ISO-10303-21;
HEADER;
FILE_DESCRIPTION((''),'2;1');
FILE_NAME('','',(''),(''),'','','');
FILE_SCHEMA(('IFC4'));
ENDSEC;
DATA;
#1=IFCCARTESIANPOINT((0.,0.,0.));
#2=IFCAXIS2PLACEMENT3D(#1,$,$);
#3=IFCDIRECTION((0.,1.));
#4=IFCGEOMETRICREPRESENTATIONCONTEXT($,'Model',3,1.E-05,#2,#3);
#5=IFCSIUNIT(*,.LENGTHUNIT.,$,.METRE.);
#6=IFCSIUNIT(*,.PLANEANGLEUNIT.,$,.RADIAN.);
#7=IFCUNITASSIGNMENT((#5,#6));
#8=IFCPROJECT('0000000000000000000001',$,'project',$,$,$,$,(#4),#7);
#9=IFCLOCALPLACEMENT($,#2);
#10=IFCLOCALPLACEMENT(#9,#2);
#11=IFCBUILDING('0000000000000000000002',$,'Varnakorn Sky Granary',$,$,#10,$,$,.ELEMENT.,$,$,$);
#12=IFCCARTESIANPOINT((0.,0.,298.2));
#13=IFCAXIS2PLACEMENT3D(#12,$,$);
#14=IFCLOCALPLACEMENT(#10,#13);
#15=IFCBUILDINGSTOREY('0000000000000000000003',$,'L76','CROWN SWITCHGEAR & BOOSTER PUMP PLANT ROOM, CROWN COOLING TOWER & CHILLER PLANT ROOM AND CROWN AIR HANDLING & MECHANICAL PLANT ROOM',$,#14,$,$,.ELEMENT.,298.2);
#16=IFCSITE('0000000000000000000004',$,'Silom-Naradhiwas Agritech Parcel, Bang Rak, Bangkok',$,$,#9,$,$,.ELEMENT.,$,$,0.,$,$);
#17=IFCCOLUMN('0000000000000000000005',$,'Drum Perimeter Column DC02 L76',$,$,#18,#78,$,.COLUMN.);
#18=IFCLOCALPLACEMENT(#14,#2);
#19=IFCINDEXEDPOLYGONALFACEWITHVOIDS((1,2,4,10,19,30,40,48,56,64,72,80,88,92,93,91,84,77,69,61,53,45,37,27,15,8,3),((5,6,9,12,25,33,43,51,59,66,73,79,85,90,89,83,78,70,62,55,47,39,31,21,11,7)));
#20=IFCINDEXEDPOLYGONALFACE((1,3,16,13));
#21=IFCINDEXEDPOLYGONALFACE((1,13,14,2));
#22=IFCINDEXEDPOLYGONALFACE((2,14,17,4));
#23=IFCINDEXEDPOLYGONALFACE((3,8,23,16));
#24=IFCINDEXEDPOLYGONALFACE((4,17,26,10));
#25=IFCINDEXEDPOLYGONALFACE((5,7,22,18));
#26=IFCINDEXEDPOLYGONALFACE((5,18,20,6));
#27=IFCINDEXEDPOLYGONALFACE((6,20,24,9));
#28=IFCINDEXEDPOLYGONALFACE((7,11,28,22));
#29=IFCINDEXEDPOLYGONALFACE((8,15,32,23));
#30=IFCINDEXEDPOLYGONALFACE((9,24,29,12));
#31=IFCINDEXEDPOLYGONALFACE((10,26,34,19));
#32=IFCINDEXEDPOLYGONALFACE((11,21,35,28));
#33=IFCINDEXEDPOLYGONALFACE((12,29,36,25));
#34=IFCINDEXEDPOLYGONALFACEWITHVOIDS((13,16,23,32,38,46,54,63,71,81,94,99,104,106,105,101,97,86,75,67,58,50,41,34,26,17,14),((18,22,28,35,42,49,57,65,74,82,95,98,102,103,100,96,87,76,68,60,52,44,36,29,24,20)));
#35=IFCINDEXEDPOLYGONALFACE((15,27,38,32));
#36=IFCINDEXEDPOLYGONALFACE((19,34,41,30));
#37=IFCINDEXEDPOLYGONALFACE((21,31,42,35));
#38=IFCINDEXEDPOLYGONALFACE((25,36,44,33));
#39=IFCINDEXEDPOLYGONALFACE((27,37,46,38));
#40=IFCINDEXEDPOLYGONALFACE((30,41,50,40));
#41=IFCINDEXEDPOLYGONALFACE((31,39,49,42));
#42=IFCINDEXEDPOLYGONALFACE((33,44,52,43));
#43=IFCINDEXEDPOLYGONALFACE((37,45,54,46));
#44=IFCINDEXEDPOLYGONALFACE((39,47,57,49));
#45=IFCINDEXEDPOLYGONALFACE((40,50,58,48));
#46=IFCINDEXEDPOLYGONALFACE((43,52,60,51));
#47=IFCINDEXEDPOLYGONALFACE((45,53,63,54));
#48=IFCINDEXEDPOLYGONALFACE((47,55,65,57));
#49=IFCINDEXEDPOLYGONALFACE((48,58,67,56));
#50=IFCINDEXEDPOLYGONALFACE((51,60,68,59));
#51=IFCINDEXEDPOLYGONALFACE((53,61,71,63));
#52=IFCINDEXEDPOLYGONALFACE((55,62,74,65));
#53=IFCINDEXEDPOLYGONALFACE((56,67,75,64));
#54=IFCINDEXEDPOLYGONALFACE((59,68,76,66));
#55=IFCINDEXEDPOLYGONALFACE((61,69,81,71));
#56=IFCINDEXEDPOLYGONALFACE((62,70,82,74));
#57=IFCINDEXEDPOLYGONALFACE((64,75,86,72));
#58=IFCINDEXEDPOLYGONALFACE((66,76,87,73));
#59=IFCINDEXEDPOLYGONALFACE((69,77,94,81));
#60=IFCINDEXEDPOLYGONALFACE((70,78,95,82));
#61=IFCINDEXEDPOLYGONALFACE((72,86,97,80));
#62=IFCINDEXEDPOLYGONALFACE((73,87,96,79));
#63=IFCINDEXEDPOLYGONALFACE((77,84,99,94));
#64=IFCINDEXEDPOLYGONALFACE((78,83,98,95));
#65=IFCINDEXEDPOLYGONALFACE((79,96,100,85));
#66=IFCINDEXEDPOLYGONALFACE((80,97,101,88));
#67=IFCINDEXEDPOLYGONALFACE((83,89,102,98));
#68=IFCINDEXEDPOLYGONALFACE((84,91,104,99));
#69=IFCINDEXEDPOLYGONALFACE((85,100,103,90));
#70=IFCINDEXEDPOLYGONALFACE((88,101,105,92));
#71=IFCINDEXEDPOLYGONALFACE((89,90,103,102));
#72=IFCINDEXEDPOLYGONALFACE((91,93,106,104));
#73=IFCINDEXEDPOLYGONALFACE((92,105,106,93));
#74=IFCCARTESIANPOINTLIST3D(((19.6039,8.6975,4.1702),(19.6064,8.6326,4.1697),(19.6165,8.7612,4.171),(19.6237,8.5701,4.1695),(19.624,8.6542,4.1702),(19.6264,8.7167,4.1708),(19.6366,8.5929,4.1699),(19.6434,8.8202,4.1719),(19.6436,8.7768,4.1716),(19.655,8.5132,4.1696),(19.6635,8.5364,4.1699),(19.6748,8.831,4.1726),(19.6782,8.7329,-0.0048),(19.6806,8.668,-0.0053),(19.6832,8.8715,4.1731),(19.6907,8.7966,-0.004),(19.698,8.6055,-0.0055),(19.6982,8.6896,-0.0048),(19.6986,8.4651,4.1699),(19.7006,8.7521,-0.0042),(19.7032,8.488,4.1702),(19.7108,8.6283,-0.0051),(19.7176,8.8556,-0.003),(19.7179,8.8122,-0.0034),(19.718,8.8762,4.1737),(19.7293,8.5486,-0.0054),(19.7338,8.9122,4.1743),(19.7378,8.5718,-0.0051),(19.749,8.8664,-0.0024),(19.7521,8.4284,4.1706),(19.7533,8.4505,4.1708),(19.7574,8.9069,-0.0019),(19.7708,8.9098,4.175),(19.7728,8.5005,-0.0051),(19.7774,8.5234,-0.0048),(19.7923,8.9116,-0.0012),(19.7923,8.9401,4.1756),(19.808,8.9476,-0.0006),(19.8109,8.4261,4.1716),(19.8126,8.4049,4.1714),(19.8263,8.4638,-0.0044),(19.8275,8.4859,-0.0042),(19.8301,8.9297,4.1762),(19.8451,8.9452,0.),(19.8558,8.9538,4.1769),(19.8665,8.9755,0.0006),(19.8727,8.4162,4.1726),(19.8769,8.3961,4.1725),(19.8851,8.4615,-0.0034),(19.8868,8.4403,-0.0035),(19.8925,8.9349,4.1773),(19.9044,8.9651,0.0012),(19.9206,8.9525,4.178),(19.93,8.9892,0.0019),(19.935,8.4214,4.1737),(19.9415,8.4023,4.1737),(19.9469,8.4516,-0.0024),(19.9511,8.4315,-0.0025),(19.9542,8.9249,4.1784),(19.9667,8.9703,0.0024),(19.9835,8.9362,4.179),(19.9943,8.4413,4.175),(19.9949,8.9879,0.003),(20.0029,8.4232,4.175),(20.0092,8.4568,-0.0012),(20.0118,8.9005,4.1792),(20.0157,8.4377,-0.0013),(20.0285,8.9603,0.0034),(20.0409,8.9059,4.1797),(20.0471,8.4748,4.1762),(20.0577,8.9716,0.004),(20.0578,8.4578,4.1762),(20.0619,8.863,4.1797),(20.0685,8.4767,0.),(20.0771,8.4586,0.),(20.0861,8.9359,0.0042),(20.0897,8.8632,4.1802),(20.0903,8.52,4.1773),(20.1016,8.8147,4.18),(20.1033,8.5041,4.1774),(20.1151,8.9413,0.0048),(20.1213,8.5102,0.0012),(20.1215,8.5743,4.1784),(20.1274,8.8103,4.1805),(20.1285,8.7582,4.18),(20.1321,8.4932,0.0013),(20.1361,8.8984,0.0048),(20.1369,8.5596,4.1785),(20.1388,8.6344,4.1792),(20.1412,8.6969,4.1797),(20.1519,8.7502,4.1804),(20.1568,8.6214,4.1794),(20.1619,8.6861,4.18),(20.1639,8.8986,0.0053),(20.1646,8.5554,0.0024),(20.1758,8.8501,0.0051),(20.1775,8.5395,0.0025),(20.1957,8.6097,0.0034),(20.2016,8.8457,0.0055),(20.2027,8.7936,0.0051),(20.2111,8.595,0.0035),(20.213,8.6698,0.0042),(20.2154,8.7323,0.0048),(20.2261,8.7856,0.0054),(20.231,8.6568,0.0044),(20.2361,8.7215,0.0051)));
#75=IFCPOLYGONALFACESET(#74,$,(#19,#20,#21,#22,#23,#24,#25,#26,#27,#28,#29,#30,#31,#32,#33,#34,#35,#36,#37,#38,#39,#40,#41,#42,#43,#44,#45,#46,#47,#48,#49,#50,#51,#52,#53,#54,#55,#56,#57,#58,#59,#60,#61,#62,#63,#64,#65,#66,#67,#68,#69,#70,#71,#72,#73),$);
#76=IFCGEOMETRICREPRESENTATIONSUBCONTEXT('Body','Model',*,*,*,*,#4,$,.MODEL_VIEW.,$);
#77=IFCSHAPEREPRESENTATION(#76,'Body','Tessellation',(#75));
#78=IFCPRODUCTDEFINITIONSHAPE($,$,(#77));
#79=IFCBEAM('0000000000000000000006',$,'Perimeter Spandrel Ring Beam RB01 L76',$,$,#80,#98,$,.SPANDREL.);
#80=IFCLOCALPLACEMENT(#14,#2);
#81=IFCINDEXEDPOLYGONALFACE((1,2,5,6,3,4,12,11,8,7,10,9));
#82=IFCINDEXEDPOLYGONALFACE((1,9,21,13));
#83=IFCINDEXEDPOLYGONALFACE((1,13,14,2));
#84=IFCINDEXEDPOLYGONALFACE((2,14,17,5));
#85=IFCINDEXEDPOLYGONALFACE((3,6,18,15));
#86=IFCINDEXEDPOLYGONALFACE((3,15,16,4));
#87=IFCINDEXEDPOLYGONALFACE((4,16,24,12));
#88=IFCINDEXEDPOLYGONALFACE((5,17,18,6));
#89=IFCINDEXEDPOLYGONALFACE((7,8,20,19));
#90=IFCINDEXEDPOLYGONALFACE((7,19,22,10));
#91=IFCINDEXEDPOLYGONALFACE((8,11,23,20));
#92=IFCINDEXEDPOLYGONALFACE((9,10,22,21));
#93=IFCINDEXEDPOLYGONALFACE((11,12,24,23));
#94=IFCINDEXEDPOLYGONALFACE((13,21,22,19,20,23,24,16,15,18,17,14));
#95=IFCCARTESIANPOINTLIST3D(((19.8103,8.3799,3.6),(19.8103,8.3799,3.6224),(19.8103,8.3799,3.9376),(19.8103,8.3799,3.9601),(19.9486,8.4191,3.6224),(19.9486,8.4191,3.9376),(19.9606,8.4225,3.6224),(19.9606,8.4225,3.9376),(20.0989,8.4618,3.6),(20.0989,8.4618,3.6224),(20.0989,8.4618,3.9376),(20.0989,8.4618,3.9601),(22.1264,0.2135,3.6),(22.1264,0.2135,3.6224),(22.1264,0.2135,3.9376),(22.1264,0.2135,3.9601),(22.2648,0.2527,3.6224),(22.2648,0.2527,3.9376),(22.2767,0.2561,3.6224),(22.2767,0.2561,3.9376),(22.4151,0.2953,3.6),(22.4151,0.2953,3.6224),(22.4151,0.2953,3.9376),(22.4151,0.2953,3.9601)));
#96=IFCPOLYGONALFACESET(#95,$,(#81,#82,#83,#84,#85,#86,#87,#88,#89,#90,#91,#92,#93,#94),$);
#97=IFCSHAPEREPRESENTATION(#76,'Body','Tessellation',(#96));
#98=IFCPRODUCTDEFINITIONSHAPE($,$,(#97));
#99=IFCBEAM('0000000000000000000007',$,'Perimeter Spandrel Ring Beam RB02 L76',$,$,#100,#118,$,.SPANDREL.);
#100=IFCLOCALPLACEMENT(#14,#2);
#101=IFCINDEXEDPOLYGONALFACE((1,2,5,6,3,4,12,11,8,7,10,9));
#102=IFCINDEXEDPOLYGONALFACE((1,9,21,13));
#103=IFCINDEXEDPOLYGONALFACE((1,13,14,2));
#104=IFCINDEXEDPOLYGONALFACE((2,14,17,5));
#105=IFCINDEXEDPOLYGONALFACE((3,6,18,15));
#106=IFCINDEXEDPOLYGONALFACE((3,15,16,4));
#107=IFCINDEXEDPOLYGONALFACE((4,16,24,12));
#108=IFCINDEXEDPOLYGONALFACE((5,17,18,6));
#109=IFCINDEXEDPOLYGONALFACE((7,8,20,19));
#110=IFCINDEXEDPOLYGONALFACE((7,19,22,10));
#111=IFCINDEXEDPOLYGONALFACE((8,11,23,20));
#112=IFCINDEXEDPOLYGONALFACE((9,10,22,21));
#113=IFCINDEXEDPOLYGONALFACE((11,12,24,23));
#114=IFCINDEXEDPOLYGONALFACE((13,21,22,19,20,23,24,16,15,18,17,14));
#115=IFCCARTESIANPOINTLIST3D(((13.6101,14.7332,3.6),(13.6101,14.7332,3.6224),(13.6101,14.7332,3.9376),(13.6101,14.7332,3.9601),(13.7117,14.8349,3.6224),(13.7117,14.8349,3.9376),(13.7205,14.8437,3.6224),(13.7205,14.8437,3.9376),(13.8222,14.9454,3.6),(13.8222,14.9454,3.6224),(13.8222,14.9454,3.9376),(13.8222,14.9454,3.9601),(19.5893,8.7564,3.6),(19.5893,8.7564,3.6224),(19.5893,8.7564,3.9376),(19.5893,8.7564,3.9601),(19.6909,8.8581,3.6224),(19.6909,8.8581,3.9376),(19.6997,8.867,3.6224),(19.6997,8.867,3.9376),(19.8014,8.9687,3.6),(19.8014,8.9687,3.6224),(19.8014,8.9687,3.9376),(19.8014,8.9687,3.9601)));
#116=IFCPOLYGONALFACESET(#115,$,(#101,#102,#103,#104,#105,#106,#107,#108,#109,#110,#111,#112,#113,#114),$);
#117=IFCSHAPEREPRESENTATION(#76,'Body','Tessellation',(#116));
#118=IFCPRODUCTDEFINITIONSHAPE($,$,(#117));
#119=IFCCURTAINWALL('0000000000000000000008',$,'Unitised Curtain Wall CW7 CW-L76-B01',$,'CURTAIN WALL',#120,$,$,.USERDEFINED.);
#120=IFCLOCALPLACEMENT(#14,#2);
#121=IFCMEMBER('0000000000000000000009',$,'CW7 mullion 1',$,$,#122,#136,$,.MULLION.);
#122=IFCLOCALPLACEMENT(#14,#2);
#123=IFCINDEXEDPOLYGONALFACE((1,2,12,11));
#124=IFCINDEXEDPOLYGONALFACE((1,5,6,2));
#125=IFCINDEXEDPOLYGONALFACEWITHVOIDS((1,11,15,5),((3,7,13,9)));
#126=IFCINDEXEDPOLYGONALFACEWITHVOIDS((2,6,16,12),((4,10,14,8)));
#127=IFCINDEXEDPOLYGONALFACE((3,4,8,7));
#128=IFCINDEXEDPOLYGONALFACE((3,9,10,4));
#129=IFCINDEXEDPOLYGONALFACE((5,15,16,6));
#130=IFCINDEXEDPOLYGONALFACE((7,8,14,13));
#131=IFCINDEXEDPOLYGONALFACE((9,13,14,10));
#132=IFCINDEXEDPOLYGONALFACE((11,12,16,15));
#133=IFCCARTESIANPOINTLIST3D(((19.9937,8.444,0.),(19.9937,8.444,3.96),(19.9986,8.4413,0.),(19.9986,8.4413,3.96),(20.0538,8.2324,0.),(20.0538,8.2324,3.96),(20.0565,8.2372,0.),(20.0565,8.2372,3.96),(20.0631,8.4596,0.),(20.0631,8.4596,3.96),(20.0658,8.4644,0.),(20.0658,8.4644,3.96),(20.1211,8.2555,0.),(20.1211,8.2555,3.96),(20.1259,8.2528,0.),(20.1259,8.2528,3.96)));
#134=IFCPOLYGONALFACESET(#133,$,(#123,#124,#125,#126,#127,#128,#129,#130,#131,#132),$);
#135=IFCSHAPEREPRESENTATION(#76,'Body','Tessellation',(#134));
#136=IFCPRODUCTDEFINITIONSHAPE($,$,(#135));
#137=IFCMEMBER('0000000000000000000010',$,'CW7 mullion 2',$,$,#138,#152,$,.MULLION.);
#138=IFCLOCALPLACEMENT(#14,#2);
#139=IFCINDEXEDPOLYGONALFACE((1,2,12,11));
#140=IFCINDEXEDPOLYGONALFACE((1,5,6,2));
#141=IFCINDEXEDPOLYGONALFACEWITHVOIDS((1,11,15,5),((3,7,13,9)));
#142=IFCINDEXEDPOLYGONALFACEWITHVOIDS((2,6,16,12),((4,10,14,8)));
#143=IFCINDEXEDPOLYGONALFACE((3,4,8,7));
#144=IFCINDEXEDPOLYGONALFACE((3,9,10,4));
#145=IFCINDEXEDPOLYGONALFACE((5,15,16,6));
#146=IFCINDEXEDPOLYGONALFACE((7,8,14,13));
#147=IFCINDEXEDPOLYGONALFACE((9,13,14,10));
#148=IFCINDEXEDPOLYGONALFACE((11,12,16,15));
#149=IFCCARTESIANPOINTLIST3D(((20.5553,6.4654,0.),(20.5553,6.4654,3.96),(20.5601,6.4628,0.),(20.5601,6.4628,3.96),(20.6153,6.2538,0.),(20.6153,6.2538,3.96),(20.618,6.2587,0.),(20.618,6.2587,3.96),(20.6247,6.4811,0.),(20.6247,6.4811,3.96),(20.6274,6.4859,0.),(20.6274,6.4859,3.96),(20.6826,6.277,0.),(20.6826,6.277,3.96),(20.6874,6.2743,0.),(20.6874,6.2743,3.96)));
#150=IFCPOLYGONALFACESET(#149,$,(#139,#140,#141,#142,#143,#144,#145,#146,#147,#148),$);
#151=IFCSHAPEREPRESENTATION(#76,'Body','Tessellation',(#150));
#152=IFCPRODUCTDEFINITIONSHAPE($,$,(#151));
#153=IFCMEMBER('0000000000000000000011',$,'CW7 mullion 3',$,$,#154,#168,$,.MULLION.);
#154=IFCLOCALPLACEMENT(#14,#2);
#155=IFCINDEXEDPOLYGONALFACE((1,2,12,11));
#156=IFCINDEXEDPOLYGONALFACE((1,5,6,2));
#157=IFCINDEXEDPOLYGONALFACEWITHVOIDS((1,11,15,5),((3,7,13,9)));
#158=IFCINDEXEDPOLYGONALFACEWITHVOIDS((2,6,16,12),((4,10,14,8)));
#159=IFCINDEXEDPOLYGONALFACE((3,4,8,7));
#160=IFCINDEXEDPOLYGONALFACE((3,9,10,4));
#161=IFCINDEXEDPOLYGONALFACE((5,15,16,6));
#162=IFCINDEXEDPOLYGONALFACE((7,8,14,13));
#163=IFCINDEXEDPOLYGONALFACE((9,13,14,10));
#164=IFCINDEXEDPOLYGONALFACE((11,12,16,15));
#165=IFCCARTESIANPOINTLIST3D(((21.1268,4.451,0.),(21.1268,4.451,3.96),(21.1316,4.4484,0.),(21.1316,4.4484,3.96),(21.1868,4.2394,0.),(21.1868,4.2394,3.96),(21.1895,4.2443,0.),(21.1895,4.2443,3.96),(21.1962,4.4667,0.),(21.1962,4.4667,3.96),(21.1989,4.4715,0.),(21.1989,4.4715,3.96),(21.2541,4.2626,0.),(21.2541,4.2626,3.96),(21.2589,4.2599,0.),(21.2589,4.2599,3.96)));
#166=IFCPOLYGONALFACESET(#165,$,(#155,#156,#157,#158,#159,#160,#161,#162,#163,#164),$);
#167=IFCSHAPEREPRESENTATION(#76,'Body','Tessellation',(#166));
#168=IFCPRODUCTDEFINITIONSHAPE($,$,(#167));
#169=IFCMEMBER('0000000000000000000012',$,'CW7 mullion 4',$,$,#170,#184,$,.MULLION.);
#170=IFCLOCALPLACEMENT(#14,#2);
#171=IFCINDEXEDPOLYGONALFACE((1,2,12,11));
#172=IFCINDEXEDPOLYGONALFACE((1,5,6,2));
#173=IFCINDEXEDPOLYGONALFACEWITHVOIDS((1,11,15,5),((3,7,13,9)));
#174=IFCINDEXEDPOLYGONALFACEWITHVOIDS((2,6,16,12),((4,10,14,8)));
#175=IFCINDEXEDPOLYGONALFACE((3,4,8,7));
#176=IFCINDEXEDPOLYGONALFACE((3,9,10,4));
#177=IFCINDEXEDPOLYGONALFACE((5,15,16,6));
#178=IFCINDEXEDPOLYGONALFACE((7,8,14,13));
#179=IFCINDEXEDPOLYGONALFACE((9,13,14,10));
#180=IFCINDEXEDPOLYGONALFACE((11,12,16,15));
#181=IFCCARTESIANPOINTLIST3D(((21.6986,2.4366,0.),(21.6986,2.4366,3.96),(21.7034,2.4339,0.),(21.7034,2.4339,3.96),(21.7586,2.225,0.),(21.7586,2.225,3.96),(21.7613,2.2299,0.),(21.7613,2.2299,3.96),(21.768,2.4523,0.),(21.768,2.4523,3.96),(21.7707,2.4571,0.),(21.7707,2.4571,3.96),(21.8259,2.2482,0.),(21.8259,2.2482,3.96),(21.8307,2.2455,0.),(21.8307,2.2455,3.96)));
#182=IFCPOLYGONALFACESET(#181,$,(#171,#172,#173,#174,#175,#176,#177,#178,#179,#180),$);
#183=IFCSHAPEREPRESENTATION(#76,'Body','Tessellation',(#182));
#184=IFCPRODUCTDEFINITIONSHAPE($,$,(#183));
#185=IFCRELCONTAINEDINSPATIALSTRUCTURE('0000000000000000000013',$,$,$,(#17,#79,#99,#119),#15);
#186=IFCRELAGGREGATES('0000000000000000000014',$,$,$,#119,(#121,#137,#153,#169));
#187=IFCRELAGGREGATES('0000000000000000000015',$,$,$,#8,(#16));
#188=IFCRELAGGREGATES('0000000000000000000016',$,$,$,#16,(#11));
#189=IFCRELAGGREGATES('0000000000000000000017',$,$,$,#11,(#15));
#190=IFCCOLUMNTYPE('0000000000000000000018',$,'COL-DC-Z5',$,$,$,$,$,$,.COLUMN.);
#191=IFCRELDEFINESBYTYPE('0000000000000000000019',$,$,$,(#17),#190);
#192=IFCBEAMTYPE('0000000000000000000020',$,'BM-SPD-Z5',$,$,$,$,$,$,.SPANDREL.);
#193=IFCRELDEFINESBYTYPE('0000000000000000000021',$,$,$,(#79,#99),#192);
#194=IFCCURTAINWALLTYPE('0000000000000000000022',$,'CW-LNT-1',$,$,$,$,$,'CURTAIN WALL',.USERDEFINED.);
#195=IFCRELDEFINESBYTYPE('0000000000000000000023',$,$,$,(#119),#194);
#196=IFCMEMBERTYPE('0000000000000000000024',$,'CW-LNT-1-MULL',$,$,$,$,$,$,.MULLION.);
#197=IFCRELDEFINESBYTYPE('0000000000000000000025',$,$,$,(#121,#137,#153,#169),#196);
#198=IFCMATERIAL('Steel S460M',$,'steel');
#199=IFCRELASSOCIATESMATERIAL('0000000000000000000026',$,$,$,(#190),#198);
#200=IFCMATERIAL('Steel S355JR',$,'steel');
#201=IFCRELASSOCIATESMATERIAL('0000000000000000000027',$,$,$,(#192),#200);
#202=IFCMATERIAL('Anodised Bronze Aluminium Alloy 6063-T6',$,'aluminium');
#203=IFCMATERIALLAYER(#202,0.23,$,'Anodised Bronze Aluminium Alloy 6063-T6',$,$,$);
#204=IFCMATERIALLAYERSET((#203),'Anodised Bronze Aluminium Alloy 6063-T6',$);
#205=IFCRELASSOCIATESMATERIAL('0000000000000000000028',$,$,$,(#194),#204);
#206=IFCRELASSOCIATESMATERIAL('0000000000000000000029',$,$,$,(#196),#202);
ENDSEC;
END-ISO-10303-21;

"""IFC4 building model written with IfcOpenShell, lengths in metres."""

from ifc_helpers import new_model, si_unit, direction, frame, origin, origin_2d, place, context, subcontext, project, spatial, hollow_rectangle, hollow_circle, i_section, extrude, material, layer, layer_set, material_profile, profile_set, type_object, element, aggregate, save


model = new_model("IFC4")

# Units and contexts
model_context = context("Model", 3, precision=1e-05, world=origin(), true_north=direction((0.0, 1.0)))
body_context = subcontext(model_context, "Body", "Model", "MODEL_VIEW")
ifc_project = project(units=[si_unit("LENGTHUNIT", "METRE"), si_unit("PLANEANGLEUNIT", "RADIAN")], contexts=[model_context])

# Site, building, storey
site_placement = place(None, origin())
site = spatial("IfcSite", under=ifc_project, at=site_placement, Name="Silom-Naradhiwas Agritech Parcel, Bang Rak, Bangkok", CompositionType="ELEMENT", RefElevation=0.0)
building_placement = place(site_placement, origin())
building = spatial("IfcBuilding", under=site, at=building_placement, Name="Varnakorn Sky Granary", CompositionType="ELEMENT")
storey_placement = place(building_placement, frame((0.0, 0.0, 298.2)))
storey = spatial("IfcBuildingStorey", under=building, at=storey_placement, Name="L76", Description="CROWN SWITCHGEAR & BOOSTER PUMP PLANT ROOM, CROWN COOLING TOWER & CHILLER PLANT ROOM AND CROWN AIR HANDLING & MECHANICAL PLANT ROOM", CompositionType="ELEMENT", Elevation=298.2)

# Column
ifc_material_1 = material(Name="Steel S460M", Category="steel")
ifc_material_profile_1 = material_profile(ifc_material_1, hollow_circle(Radius=0.2795, WallThickness=0.02, at=origin_2d()), Name="CHS 559x20")
ifc_profile_set_1 = profile_set([ifc_material_profile_1], Name="Steel S460M")
column_type = type_object("IfcColumnType", Name="COL-DC-Z5", PredefinedType="COLUMN", material=ifc_profile_set_1)
column_placement = place(storey_placement, frame((19.9568, 8.7109, 0.0), z_axis=(-0.017773, -0.008477, 0.999806), x_axis=(0.43051, -0.902586, 0.0)))
element("IfcColumn", 1, at=column_placement, inside=storey, type_object=column_type, Name="Drum Perimeter Column DC02 L76", PredefinedType="COLUMN", context=body_context, shape_type="SweptSolid", body=[
    extrude(hollow_circle(Radius=0.2795, WallThickness=0.02, at=origin_2d()), origin(), (0.0, 0.0, 1.0), 4.1758),
])

# Beams
ifc_material_2 = material(Name="Steel S355JR", Category="steel")
ifc_material_profile_2 = material_profile(ifc_material_2, i_section(OverallWidth=0.3, OverallDepth=0.3601, WebThickness=0.0125, FlangeThickness=0.0225, at=origin_2d()), Name="HE 360 B")
ifc_profile_set_2 = profile_set([ifc_material_profile_2], Name="Steel S355JR")
beam_type = type_object("IfcBeamType", Name="BM-SPD-Z5", PredefinedType="SPANDREL", material=ifc_profile_set_2)
beam_1_placement = place(storey_placement, frame((22.2708, 0.2544, 3.78), z_axis=(-0.272855, 0.962055, 0.0), x_axis=(-0.962055, -0.272855, 0.0)))
element("IfcBeam", 2, at=beam_1_placement, inside=storey, type_object=beam_type, Name="Perimeter Spandrel Ring Beam RB01 L76", PredefinedType="SPANDREL", context=body_context, shape_type="SweptSolid", body=[
    extrude(i_section(OverallWidth=0.3, OverallDepth=0.3601, WebThickness=0.0125, FlangeThickness=0.0225, at=origin_2d()), origin(), (0.0, 0.0, 1.0), 8.4885),
])
beam_2_placement = place(storey_placement, frame((19.6953, 8.8625, 3.78), z_axis=(-0.707251, 0.706962, 0.0), x_axis=(-0.706962, -0.707251, 0.0)))
element("IfcBeam", 3, at=beam_2_placement, inside=storey, type_object=beam_type, Name="Perimeter Spandrel Ring Beam RB02 L76", PredefinedType="SPANDREL", context=body_context, shape_type="SweptSolid", body=[
    extrude(i_section(OverallWidth=0.3, OverallDepth=0.3601, WebThickness=0.0125, FlangeThickness=0.0225, at=origin_2d()), origin(), (0.0, 0.0, 1.0), 8.4541),
])

# Curtain wall, members
ifc_material_3 = material(Name="Anodised Bronze Aluminium Alloy 6063-T6", Category="aluminium")
ifc_layer_1 = layer(ifc_material_3, 0.23, Name="Anodised Bronze Aluminium Alloy 6063-T6")
ifc_layer_set_1 = layer_set([ifc_layer_1], Name="Anodised Bronze Aluminium Alloy 6063-T6")
curtain_wall_type = type_object("IfcCurtainWallType", Name="CW-LNT-1", ElementType="CURTAIN WALL", PredefinedType="USERDEFINED", material=ifc_layer_set_1)
curtain_wall_1_placement = place(storey_placement, origin())
curtain_wall_1 = element("IfcCurtainWall", 4, at=curtain_wall_1_placement, inside=storey, type_object=curtain_wall_type, Name="Unitised Curtain Wall CW7 CW-L76-B01", ObjectType="CURTAIN WALL", PredefinedType="USERDEFINED")
ifc_material_profile_3 = material_profile(ifc_material_3, hollow_rectangle(XDim=0.075, YDim=0.22, WallThickness=0.0039, at=origin_2d()), Name="ALU MULL 75x220")
ifc_profile_set_3 = profile_set([ifc_material_profile_3], Name="Anodised Bronze Aluminium Alloy 6063-T6")
member_type_1 = type_object("IfcMemberType", Name="CW-LNT-1-MULL", PredefinedType="MULLION", material=ifc_profile_set_3)
member_1_placement = place(storey_placement, frame((20.0598, 8.3484, 0.0), z_axis=(0.0, 0.0, 1.0), x_axis=(0.962012, 0.273007, 0.0)))
member_1 = element("IfcMember", 5, at=member_1_placement, type_object=member_type_1, Name="CW7 mullion 1", PredefinedType="MULLION", context=body_context, shape_type="SweptSolid", body=[
    extrude(hollow_rectangle(XDim=0.075, YDim=0.22, WallThickness=0.0039, at=origin_2d()), origin(), (0.0, 0.0, 1.0), 3.96),
])
member_2_placement = place(storey_placement, frame((20.6213, 6.3699, 0.0), z_axis=(0.0, 0.0, 1.0), x_axis=(0.962012, 0.273007, 0.0)))
member_2 = element("IfcMember", 6, at=member_2_placement, type_object=member_type_1, Name="CW7 mullion 2", PredefinedType="MULLION", context=body_context, shape_type="SweptSolid", body=[
    extrude(hollow_rectangle(XDim=0.075, YDim=0.22, WallThickness=0.0039, at=origin_2d()), origin(), (0.0, 0.0, 1.0), 3.96),
])
member_3_placement = place(storey_placement, frame((21.1929, 4.3555, 0.0), z_axis=(0.0, 0.0, 1.0), x_axis=(0.962012, 0.273007, 0.0)))
member_3 = element("IfcMember", 7, at=member_3_placement, type_object=member_type_1, Name="CW7 mullion 3", PredefinedType="MULLION", context=body_context, shape_type="SweptSolid", body=[
    extrude(hollow_rectangle(XDim=0.075, YDim=0.22, WallThickness=0.0039, at=origin_2d()), origin(), (0.0, 0.0, 1.0), 3.96),
])
member_4_placement = place(storey_placement, frame((21.7646, 2.3411, 0.0), z_axis=(0.0, 0.0, 1.0), x_axis=(0.962012, 0.273007, 0.0)))
member_4 = element("IfcMember", 8, at=member_4_placement, type_object=member_type_1, Name="CW7 mullion 4", PredefinedType="MULLION", context=body_context, shape_type="SweptSolid", body=[
    extrude(hollow_rectangle(XDim=0.075, YDim=0.22, WallThickness=0.0039, at=origin_2d()), origin(), (0.0, 0.0, 1.0), 3.96),
])

aggregate(curtain_wall_1, [member_1, member_2, member_3, member_4])

save(model, "model.ifc")
